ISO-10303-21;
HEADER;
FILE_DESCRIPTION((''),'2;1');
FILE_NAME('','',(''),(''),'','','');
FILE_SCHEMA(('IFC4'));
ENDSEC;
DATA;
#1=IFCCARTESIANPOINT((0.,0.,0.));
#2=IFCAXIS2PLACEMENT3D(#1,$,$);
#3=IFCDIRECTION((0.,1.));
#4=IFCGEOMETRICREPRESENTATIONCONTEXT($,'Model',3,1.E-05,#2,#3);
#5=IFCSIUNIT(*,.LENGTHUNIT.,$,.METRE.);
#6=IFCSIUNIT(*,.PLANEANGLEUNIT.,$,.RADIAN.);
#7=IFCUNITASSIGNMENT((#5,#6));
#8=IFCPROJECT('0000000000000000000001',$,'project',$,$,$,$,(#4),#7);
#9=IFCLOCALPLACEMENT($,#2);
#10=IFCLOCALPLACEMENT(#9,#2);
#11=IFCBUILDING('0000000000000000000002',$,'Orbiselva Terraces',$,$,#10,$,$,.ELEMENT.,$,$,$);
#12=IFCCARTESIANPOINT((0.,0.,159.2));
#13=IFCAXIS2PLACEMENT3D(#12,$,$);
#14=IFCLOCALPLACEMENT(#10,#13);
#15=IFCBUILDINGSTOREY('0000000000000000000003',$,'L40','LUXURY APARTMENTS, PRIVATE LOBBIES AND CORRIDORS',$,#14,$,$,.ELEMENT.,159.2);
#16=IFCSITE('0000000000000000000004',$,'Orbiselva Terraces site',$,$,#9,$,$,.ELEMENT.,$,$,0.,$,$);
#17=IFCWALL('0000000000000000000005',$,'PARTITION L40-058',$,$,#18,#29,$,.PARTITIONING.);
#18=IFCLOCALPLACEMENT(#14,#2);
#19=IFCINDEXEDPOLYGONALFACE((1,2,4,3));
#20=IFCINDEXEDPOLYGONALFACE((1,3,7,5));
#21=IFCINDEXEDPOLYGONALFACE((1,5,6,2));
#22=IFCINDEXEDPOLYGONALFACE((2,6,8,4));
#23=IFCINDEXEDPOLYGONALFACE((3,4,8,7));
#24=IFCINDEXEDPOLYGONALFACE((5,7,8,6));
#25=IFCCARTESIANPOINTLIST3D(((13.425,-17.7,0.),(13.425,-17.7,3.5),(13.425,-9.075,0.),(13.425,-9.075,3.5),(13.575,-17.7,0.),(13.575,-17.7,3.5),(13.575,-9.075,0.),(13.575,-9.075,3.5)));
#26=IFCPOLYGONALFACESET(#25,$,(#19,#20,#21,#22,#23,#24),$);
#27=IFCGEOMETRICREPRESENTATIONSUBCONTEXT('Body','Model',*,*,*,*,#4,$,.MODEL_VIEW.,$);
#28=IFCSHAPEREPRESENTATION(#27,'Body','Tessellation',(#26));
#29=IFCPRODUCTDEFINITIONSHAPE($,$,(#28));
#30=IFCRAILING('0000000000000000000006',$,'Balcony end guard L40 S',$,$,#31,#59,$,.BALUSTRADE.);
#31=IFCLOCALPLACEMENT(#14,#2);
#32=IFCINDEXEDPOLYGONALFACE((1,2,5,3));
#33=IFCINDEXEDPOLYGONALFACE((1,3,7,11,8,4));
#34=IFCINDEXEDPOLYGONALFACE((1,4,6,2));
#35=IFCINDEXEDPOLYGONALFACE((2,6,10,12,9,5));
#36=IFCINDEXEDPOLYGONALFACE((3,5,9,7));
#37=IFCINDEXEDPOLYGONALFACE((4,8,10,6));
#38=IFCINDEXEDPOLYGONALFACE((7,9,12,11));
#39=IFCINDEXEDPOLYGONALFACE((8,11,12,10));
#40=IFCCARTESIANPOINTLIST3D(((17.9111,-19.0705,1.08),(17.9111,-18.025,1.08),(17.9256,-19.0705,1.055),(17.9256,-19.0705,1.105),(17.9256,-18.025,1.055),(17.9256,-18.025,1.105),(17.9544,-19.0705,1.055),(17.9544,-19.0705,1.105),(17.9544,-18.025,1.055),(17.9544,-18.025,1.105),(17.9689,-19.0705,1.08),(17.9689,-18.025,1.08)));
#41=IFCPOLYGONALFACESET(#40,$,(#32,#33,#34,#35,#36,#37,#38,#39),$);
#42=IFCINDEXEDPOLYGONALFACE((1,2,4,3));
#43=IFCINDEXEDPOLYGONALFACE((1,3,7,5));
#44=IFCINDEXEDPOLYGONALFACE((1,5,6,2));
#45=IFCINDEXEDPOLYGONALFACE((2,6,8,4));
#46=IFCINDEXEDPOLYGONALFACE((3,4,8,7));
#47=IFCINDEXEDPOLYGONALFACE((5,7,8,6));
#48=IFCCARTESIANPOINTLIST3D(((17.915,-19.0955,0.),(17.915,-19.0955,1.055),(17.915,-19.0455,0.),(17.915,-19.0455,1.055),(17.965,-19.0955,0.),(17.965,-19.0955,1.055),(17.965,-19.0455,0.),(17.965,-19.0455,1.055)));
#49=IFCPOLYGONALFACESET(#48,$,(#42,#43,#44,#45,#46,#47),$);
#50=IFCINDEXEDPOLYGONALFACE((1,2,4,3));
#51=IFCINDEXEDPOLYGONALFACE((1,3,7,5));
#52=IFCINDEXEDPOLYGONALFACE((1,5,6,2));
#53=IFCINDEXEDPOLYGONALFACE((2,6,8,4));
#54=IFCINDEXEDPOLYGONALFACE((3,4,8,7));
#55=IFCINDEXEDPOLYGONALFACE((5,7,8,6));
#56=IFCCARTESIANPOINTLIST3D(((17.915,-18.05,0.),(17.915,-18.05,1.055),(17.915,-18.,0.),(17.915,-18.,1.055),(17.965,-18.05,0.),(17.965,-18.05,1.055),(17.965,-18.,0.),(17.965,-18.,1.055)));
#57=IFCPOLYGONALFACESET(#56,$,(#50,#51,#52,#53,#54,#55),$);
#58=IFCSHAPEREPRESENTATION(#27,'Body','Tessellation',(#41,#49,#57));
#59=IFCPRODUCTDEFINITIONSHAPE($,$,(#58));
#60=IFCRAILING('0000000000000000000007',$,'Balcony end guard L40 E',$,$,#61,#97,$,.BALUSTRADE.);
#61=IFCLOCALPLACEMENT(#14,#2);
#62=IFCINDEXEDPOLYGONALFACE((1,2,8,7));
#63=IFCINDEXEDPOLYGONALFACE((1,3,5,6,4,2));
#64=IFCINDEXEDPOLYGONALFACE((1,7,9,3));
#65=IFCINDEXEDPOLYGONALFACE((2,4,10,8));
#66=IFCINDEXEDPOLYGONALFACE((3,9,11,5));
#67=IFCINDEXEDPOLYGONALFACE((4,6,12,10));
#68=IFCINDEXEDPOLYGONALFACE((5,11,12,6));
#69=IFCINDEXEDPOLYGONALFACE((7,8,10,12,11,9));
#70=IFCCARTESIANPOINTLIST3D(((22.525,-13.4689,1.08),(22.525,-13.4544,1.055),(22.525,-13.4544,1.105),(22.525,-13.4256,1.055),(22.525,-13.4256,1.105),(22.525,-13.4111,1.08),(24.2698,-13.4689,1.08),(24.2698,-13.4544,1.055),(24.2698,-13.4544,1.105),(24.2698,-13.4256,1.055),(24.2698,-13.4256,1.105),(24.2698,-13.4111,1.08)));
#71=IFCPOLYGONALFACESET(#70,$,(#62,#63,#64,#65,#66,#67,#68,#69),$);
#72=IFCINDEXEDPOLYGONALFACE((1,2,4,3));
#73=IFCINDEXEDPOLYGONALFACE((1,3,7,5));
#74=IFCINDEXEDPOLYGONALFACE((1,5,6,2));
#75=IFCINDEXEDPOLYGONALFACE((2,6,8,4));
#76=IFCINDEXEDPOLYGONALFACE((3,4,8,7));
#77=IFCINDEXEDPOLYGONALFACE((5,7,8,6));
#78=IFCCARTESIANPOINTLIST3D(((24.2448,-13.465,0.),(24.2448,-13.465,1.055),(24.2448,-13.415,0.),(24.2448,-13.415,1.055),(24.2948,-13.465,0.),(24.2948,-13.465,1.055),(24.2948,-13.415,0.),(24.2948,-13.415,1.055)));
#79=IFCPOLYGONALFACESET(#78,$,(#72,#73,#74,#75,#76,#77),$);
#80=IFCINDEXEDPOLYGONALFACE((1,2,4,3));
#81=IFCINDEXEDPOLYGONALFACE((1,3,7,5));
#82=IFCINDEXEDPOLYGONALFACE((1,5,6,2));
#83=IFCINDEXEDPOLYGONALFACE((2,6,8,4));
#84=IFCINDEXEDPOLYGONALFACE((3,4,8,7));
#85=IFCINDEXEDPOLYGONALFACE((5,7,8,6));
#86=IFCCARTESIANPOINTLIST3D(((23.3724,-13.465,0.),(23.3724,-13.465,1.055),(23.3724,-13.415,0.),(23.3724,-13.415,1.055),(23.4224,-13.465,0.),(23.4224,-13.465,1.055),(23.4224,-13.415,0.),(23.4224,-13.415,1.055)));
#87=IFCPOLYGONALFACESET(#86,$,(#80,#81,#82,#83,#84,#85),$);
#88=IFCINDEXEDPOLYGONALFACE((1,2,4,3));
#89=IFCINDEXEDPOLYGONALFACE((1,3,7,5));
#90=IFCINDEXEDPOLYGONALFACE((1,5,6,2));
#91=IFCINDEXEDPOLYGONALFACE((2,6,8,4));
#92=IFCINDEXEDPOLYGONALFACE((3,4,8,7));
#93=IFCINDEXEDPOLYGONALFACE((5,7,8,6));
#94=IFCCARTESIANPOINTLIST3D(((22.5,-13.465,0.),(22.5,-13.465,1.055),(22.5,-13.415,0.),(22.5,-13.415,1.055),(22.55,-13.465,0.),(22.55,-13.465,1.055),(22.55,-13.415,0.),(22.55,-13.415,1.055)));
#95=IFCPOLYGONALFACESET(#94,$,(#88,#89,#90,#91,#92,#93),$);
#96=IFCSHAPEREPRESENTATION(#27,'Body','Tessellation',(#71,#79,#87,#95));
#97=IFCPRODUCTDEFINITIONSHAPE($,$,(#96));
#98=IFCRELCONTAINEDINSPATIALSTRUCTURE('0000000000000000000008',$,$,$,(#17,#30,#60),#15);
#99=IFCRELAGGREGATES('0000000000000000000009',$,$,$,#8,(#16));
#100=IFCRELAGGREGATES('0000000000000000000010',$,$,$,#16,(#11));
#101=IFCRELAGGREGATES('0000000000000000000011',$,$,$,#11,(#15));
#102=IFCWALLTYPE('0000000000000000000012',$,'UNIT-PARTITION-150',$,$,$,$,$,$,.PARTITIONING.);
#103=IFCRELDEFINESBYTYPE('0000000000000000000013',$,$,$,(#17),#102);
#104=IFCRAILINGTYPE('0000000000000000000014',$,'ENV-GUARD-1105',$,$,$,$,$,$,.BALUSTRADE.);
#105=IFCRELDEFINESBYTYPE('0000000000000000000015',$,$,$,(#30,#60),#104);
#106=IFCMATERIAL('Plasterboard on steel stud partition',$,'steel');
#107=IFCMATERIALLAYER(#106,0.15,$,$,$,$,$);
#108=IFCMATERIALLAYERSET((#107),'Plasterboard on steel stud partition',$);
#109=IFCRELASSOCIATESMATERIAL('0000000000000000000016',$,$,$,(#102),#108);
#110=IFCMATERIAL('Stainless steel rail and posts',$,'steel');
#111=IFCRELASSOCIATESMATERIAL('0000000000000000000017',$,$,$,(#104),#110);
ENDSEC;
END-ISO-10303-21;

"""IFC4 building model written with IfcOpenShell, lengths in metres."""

from ifc_helpers import new_model, si_unit, direction, frame, frame_2d, origin, origin_2d, place, context, subcontext, project, spatial, polyline, rectangle, outline, extrude, material, layer, layer_set, type_object, element, save


model = new_model("IFC4")

# Units and contexts
model_context = context("Model", 3, precision=1e-05, world=origin(), true_north=direction((0.0, 1.0)))
body_context = subcontext(model_context, "Body", "Model", "MODEL_VIEW")
ifc_project = project(units=[si_unit("LENGTHUNIT", "METRE"), si_unit("PLANEANGLEUNIT", "RADIAN")], contexts=[model_context])

# Site, building, storey
site_placement = place(None, origin())
site = spatial("IfcSite", under=ifc_project, at=site_placement, Name="Orbiselva Terraces site", CompositionType="ELEMENT", RefElevation=0.0)
building_placement = place(site_placement, origin())
building = spatial("IfcBuilding", under=site, at=building_placement, Name="Orbiselva Terraces", CompositionType="ELEMENT")
storey_placement = place(building_placement, frame((0.0, 0.0, 159.2)))
storey = spatial("IfcBuildingStorey", under=building, at=storey_placement, Name="L40", Description="LUXURY APARTMENTS, PRIVATE LOBBIES AND CORRIDORS", CompositionType="ELEMENT", Elevation=159.2)

# Wall
ifc_material_1 = material(Name="Plasterboard on steel stud partition", Category="steel")
ifc_layer_1 = layer(ifc_material_1, 0.15)
ifc_layer_set_1 = layer_set([ifc_layer_1], Name="Plasterboard on steel stud partition")
wall_type_1 = type_object("IfcWallType", Name="UNIT-PARTITION-150", PredefinedType="PARTITIONING", material=ifc_layer_set_1)
wall_1_placement = place(storey_placement, frame((13.5, -17.7, 0.0), z_axis=(0.0, 0.0, 1.0), x_axis=(0.0, 1.0, 0.0)))
element("IfcWall", 1, at=wall_1_placement, inside=storey, type_object=wall_type_1, Name="PARTITION L40-058", PredefinedType="PARTITIONING", context=body_context, shape_type="SweptSolid", body=[
    extrude(rectangle(XDim=8.625, YDim=0.15, at=frame_2d((4.3125, 0.0))), origin(), (0.0, 0.0, 1.0), 3.5),
])

# Railings
ifc_material_2 = material(Name="Stainless steel rail and posts", Category="steel")
railing_type_1 = type_object("IfcRailingType", Name="ENV-GUARD-1105", PredefinedType="BALUSTRADE", material=ifc_material_2)
railing_1_placement = place(storey_placement, frame((17.94, -19.0705, 0.0)))
element("IfcRailing", 2, at=railing_1_placement, inside=storey, type_object=railing_type_1, Name="Balcony end guard L40 S", PredefinedType="BALUSTRADE", context=body_context, shape_type="SweptSolid", body=[
    extrude(outline(polyline([(0.0289, 0.0), (0.0144, 0.025), (-0.0144, 0.025), (-0.0289, 0.0), (-0.0144, -0.025), (0.0144, -0.025), (0.0289, 0.0)])), frame((0.0, 0.0, 1.08), z_axis=(0.0, 1.0, 0.0), x_axis=(-1.0, 0.0, 0.0)), (0.0, 0.0, 1.0), 1.0455),
    extrude(rectangle(XDim=0.05, YDim=0.05, at=origin_2d()), origin(), (0.0, 0.0, 1.0), 1.055),
    extrude(rectangle(XDim=0.05, YDim=0.05, at=origin_2d()), frame((0.0, 1.0455, 0.0)), (0.0, 0.0, 1.0), 1.055),
])
railing_2_placement = place(storey_placement, frame((24.2698, -13.44, 0.0)))
element("IfcRailing", 3, at=railing_2_placement, inside=storey, type_object=railing_type_1, Name="Balcony end guard L40 E", PredefinedType="BALUSTRADE", context=body_context, shape_type="SweptSolid", body=[
    extrude(outline(polyline([(0.0289, 0.0), (0.0144, 0.025), (-0.0144, 0.025), (-0.0289, 0.0), (-0.0144, -0.025), (0.0144, -0.025), (0.0289, 0.0)])), frame((0.0, 0.0, 1.08), z_axis=(-1.0, 0.0, 0.0), x_axis=(0.0, -1.0, 0.0)), (0.0, 0.0, 1.0), 1.7448),
    extrude(rectangle(XDim=0.05, YDim=0.05, at=origin_2d()), origin(), (0.0, 0.0, 1.0), 1.055),
    extrude(rectangle(XDim=0.05, YDim=0.05, at=origin_2d()), frame((-0.8724, 0.0, 0.0)), (0.0, 0.0, 1.0), 1.055),
    extrude(rectangle(XDim=0.05, YDim=0.05, at=origin_2d()), frame((-1.7448, 0.0, 0.0)), (0.0, 0.0, 1.0), 1.055),
])

save(model, "model.ifc")
